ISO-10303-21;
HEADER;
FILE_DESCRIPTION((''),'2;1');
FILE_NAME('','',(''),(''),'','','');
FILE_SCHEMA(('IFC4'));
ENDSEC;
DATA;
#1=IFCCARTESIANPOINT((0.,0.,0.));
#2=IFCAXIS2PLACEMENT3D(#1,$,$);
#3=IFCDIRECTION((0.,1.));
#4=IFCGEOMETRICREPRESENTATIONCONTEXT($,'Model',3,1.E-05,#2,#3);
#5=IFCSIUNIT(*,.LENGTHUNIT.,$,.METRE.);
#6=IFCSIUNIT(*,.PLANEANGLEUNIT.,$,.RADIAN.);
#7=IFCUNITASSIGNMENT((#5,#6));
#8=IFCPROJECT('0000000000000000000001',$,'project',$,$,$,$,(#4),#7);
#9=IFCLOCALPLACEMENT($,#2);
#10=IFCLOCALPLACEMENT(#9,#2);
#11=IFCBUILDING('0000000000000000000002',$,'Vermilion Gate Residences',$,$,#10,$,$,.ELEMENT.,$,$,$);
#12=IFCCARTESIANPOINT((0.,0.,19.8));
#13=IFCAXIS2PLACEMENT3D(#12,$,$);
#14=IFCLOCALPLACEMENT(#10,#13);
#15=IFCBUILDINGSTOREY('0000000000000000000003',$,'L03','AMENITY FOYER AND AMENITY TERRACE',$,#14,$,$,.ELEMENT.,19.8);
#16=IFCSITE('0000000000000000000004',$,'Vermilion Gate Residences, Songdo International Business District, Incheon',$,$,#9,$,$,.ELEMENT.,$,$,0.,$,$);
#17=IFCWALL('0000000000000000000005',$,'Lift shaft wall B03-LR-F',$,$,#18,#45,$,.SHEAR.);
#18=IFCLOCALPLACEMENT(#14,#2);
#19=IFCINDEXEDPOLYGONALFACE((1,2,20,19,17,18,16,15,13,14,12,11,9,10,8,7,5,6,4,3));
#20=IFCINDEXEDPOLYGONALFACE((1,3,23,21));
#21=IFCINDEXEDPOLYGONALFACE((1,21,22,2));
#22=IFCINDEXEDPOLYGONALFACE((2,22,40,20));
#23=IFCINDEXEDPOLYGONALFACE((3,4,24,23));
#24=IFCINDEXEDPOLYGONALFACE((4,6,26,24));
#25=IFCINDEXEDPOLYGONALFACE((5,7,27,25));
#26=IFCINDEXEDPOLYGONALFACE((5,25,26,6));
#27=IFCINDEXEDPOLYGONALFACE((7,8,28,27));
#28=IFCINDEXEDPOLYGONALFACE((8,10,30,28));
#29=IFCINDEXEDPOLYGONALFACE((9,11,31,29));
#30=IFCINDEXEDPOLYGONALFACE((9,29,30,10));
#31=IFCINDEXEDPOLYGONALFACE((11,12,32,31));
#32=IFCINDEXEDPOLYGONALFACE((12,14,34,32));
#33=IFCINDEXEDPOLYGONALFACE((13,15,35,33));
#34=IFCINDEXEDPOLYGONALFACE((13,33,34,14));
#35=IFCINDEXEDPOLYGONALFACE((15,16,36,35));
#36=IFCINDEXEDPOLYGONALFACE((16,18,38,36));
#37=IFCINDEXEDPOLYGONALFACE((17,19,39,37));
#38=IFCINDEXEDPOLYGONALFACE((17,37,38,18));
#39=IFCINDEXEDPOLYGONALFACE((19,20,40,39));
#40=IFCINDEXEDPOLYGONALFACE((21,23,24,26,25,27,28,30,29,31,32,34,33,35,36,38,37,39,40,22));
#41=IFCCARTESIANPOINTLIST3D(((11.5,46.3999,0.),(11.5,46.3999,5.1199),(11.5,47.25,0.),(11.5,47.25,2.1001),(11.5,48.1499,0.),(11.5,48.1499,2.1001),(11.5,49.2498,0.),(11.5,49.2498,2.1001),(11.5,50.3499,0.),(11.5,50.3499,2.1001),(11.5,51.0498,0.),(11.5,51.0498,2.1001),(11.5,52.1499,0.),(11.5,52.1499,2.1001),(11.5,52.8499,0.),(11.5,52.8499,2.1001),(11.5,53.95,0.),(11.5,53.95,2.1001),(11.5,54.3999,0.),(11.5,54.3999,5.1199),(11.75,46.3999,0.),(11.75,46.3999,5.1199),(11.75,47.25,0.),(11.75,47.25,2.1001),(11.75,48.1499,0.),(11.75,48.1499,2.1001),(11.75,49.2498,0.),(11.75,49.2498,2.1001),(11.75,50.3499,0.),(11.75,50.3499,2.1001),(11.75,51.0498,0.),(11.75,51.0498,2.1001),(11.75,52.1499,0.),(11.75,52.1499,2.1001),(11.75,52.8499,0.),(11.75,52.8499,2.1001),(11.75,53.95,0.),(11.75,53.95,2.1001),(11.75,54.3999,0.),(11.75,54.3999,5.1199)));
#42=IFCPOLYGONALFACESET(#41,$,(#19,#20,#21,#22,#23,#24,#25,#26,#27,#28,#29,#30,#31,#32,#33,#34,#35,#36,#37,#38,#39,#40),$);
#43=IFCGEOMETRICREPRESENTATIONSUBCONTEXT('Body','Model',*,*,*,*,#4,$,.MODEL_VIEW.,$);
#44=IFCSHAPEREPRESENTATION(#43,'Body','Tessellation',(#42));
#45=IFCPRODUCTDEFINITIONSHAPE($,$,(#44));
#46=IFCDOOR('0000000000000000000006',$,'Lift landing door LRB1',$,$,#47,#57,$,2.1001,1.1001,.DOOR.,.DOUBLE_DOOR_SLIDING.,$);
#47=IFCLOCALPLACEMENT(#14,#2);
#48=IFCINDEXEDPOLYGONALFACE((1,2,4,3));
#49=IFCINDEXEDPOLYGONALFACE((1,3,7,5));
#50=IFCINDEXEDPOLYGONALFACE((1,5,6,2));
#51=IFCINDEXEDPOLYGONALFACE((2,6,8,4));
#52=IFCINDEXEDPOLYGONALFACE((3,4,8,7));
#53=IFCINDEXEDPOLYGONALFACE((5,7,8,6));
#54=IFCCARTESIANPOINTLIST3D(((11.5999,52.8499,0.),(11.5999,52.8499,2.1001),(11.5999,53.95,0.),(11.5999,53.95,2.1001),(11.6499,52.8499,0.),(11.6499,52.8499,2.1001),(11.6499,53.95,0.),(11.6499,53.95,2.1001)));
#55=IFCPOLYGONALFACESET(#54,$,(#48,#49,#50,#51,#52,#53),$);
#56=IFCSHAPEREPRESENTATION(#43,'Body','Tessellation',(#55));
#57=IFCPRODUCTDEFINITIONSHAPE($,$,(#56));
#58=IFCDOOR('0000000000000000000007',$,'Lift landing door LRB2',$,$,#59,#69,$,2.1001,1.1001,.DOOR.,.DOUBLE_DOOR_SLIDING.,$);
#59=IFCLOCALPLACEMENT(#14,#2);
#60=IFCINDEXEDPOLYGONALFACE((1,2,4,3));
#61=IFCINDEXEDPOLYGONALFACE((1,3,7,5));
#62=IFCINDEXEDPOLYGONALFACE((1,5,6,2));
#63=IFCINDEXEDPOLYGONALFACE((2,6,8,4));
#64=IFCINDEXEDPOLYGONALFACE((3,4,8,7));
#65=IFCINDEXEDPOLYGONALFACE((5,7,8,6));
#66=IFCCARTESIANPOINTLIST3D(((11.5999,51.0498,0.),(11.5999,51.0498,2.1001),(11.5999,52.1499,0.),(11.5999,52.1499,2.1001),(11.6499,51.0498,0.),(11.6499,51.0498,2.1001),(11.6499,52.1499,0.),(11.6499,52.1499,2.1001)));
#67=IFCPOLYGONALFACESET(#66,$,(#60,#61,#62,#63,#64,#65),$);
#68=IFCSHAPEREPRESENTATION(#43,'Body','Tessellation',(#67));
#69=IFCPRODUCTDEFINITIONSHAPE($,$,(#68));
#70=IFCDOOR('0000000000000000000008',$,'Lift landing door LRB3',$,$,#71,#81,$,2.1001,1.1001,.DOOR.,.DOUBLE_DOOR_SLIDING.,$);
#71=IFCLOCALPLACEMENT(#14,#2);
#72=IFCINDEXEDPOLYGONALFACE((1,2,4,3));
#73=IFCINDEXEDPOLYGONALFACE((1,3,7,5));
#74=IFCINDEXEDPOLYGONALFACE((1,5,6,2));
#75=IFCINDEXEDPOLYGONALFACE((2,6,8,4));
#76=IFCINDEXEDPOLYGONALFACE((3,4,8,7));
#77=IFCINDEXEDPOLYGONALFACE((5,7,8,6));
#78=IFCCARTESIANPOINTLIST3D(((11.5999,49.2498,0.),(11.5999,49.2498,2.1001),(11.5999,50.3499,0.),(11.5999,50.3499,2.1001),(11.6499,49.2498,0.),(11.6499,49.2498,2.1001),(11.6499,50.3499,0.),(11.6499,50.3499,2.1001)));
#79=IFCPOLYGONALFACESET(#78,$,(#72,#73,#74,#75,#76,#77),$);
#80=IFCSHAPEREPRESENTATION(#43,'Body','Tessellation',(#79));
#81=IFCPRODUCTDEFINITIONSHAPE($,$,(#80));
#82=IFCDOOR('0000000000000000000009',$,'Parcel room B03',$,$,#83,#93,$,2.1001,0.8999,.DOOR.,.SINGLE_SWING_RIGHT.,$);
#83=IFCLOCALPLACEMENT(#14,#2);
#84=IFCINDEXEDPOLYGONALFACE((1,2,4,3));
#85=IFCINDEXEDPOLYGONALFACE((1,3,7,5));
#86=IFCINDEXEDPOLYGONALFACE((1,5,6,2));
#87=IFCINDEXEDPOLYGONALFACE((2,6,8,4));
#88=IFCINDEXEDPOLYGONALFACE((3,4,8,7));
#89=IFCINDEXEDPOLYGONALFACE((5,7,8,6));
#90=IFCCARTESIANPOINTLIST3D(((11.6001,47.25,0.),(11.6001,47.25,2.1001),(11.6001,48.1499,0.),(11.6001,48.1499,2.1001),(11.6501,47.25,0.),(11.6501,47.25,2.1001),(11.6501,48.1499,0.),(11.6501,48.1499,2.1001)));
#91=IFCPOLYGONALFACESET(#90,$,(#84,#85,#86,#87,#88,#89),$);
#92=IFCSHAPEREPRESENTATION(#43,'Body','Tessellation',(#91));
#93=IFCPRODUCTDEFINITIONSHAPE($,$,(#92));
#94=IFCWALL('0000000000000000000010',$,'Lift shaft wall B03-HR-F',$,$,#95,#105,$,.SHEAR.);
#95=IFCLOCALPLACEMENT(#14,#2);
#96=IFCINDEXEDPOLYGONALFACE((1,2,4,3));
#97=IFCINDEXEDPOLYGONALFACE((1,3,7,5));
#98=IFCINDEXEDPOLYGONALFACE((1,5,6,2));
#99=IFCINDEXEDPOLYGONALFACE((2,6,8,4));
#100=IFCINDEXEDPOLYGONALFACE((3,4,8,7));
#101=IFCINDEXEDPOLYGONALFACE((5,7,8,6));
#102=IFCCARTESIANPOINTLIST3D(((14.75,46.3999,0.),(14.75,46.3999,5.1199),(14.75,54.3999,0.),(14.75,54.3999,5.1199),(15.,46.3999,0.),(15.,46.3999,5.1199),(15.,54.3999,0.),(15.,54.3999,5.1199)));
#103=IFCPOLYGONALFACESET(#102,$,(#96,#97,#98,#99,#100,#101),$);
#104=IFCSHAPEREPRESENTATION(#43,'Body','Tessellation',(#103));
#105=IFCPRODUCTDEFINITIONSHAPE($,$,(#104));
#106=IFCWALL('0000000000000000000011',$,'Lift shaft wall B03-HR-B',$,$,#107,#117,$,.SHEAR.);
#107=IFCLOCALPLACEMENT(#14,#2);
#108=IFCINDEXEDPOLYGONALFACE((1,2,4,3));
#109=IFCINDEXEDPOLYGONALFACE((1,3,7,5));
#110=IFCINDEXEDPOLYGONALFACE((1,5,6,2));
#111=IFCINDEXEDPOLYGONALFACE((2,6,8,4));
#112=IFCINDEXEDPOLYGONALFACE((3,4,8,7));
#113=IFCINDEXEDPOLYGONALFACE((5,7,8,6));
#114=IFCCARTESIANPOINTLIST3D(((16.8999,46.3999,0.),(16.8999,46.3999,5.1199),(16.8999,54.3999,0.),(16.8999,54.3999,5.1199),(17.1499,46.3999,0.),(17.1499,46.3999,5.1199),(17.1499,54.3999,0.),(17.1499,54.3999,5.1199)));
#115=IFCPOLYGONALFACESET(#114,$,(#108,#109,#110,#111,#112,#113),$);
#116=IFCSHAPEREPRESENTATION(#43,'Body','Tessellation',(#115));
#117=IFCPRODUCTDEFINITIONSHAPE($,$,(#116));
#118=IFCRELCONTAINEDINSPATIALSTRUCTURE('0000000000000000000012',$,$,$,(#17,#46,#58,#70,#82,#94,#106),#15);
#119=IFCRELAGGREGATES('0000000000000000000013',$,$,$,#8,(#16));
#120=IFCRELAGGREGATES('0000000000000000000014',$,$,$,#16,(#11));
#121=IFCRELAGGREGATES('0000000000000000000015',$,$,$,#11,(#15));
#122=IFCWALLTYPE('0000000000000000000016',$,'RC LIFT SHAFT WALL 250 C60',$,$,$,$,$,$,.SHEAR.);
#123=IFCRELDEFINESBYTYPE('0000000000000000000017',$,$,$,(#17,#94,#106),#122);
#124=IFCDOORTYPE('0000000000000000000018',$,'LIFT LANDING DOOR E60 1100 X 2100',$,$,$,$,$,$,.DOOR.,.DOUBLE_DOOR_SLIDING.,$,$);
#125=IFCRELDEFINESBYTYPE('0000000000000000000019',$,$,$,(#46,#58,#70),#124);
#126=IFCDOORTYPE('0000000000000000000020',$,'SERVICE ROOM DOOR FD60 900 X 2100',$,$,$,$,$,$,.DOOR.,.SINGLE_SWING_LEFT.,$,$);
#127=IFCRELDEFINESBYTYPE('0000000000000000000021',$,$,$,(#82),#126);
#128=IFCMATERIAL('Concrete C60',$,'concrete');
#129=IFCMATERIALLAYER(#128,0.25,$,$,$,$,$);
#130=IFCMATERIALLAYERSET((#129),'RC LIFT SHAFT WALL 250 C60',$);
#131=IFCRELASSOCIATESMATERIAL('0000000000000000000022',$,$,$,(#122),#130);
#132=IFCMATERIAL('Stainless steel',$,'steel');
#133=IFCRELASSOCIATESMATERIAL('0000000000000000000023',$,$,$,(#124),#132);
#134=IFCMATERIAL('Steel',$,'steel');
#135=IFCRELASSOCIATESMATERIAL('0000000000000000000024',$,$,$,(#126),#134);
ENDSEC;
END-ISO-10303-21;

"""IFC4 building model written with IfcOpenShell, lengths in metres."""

from ifc_helpers import new_model, si_unit, direction, frame, frame_2d, origin, place, context, subcontext, project, spatial, rectangle, extrude, material, layer, layer_set, type_object, element, fill, save


model = new_model("IFC4")

# Units and contexts
model_context = context("Model", 3, precision=1e-05, world=origin(), true_north=direction((0.0, 1.0)))
body_context = subcontext(model_context, "Body", "Model", "MODEL_VIEW")
ifc_project = project(units=[si_unit("LENGTHUNIT", "METRE"), si_unit("PLANEANGLEUNIT", "RADIAN")], contexts=[model_context])

# Site, building, storey
site_placement = place(None, origin())
site = spatial("IfcSite", under=ifc_project, at=site_placement, Name="Vermilion Gate Residences, Songdo International Business District, Incheon", CompositionType="ELEMENT", RefElevation=0.0)
building_placement = place(site_placement, origin())
building = spatial("IfcBuilding", under=site, at=building_placement, Name="Vermilion Gate Residences", CompositionType="ELEMENT")
storey_placement = place(building_placement, frame((0.0, 0.0, 19.8)))
storey = spatial("IfcBuildingStorey", under=building, at=storey_placement, Name="L03", Description="AMENITY FOYER AND AMENITY TERRACE", CompositionType="ELEMENT", Elevation=19.8)

# Wall, openings, doors
ifc_material_1 = material(Name="Concrete C60", Category="concrete")
ifc_layer_1 = layer(ifc_material_1, 0.25)
ifc_layer_set_1 = layer_set([ifc_layer_1], Name="RC LIFT SHAFT WALL 250 C60")
wall_type_1 = type_object("IfcWallType", Name="RC LIFT SHAFT WALL 250 C60", PredefinedType="SHEAR", material=ifc_layer_set_1)
wall_1_placement = place(storey_placement, frame((11.625, 54.3999, 0.0), z_axis=(0.0, 0.0, 1.0), x_axis=(0.0, -1.0, 0.0)))
wall_1 = element("IfcWall", 1, at=wall_1_placement, inside=storey, type_object=wall_type_1, Name="Lift shaft wall B03-LR-F", PredefinedType="SHEAR", context=body_context, shape_type="SweptSolid", body=[
    extrude(rectangle(XDim=8.0, YDim=0.25, at=frame_2d((4.0, 0.0))), origin(), (0.0, 0.0, 1.0), 5.1199),
])
opening_1_placement = place(wall_1_placement, frame((0.45, 0.0, 0.0)))
opening_1 = element("IfcOpeningElement", 2, at=opening_1_placement, cuts=wall_1, PredefinedType="OPENING", context=body_context, shape_type="SweptSolid", body=[
    extrude(rectangle(XDim=1.1001, YDim=2.1001, at=frame_2d((0.55, 1.05))), frame((0.0, 0.135, 0.0), z_axis=(0.0, -1.0, 0.0), x_axis=(1.0, 0.0, 0.0)), (0.0, 0.0, 1.0), 0.27),
])
opening_2_placement = place(wall_1_placement, frame((2.25, 0.0, 0.0)))
opening_2 = element("IfcOpeningElement", 3, at=opening_2_placement, cuts=wall_1, PredefinedType="OPENING", context=body_context, shape_type="SweptSolid", body=[
    extrude(rectangle(XDim=1.1001, YDim=2.1001, at=frame_2d((0.55, 1.05))), frame((0.0, 0.135, 0.0), z_axis=(0.0, -1.0, 0.0), x_axis=(1.0, 0.0, 0.0)), (0.0, 0.0, 1.0), 0.27),
])
opening_3_placement = place(wall_1_placement, frame((4.05, 0.0, 0.0)))
opening_3 = element("IfcOpeningElement", 4, at=opening_3_placement, cuts=wall_1, PredefinedType="OPENING", context=body_context, shape_type="SweptSolid", body=[
    extrude(rectangle(XDim=1.1001, YDim=2.1001, at=frame_2d((0.55, 1.05))), frame((0.0, 0.135, 0.0), z_axis=(0.0, -1.0, 0.0), x_axis=(1.0, 0.0, 0.0)), (0.0, 0.0, 1.0), 0.27),
])
opening_4_placement = place(wall_1_placement, frame((6.25, 0.0, 0.0)))
opening_4 = element("IfcOpeningElement", 5, at=opening_4_placement, cuts=wall_1, PredefinedType="OPENING", context=body_context, shape_type="SweptSolid", body=[
    extrude(rectangle(XDim=0.8999, YDim=2.1001, at=frame_2d((0.45, 1.05))), frame((0.0, 0.135, 0.0), z_axis=(0.0, -1.0, 0.0), x_axis=(1.0, 0.0, 0.0)), (0.0, 0.0, 1.0), 0.27),
])
ifc_material_2 = material(Name="Stainless steel", Category="steel")
door_type_1 = type_object("IfcDoorType", Name="LIFT LANDING DOOR E60 1100 X 2100", OperationType="DOUBLE_DOOR_SLIDING", PredefinedType="DOOR", material=ifc_material_2)
door_1_placement = place(opening_1_placement, origin())
door_1 = element("IfcDoor", 6, at=door_1_placement, inside=storey, type_object=door_type_1, Name="Lift landing door LRB1", OperationType="DOUBLE_DOOR_SLIDING", OverallHeight=2.1001, OverallWidth=1.1001, PredefinedType="DOOR", context=body_context, shape_type="SweptSolid", body=[
    extrude(rectangle(XDim=1.1001, YDim=2.1001, at=frame_2d((0.55, 1.05))), frame((0.0, 0.0249, 0.0), z_axis=(0.0, -1.0, 0.0), x_axis=(1.0, 0.0, 0.0)), (0.0, 0.0, 1.0), 0.05),
])
fill(opening_1, door_1)
door_2_placement = place(opening_2_placement, origin())
door_2 = element("IfcDoor", 7, at=door_2_placement, inside=storey, type_object=door_type_1, Name="Lift landing door LRB2", OperationType="DOUBLE_DOOR_SLIDING", OverallHeight=2.1001, OverallWidth=1.1001, PredefinedType="DOOR", context=body_context, shape_type="SweptSolid", body=[
    extrude(rectangle(XDim=1.1001, YDim=2.1001, at=frame_2d((0.55, 1.05))), frame((0.0, 0.0249, 0.0), z_axis=(0.0, -1.0, 0.0), x_axis=(1.0, 0.0, 0.0)), (0.0, 0.0, 1.0), 0.05),
])
fill(opening_2, door_2)
door_3_placement = place(opening_3_placement, origin())
door_3 = element("IfcDoor", 8, at=door_3_placement, inside=storey, type_object=door_type_1, Name="Lift landing door LRB3", OperationType="DOUBLE_DOOR_SLIDING", OverallHeight=2.1001, OverallWidth=1.1001, PredefinedType="DOOR", context=body_context, shape_type="SweptSolid", body=[
    extrude(rectangle(XDim=1.1001, YDim=2.1001, at=frame_2d((0.55, 1.05))), frame((0.0, 0.0249, 0.0), z_axis=(0.0, -1.0, 0.0), x_axis=(1.0, 0.0, 0.0)), (0.0, 0.0, 1.0), 0.05),
])
fill(opening_3, door_3)
ifc_material_3 = material(Name="Steel", Category="steel")
door_type_2 = type_object("IfcDoorType", Name="SERVICE ROOM DOOR FD60 900 X 2100", OperationType="SINGLE_SWING_LEFT", PredefinedType="DOOR", material=ifc_material_3)
door_4_placement = place(opening_4_placement, frame((0.8999, 0.0, 0.0), z_axis=(0.0, 0.0, 1.0), x_axis=(-1.0, 0.0, 0.0)))
door_4 = element("IfcDoor", 9, at=door_4_placement, inside=storey, type_object=door_type_2, Name="Parcel room B03", OperationType="SINGLE_SWING_RIGHT", OverallHeight=2.1001, OverallWidth=0.8999, PredefinedType="DOOR", context=body_context, shape_type="SweptSolid", body=[
    extrude(rectangle(XDim=0.8999, YDim=2.1001, at=frame_2d((0.45, 1.05))), frame((0.0, 0.0249, 0.0), z_axis=(0.0, -1.0, 0.0), x_axis=(1.0, 0.0, 0.0)), (0.0, 0.0, 1.0), 0.05),
])
fill(opening_4, door_4)

# Walls
for number, where, z_axis, x_axis, name in (
    (10, (14.875, 54.3999, 0.0), (0.0, 0.0, 1.0), (0.0, -1.0, 0.0), "Lift shaft wall B03-HR-F"),
    (11, (17.0249, 54.3999, 0.0), (0.0, 0.0, 1.0), (0.0, -1.0, 0.0), "Lift shaft wall B03-HR-B"),
):
    element("IfcWall", number, at=place(storey_placement, frame(where, z_axis=z_axis, x_axis=x_axis)), inside=storey, type_object=wall_type_1, Name=name, PredefinedType="SHEAR", context=body_context, shape_type="SweptSolid", body=[
        extrude(rectangle(XDim=8.0, YDim=0.25, at=frame_2d((4.0, 0.0))), origin(), (0.0, 0.0, 1.0), 5.1199),
    ])

save(model, "model.ifc")
